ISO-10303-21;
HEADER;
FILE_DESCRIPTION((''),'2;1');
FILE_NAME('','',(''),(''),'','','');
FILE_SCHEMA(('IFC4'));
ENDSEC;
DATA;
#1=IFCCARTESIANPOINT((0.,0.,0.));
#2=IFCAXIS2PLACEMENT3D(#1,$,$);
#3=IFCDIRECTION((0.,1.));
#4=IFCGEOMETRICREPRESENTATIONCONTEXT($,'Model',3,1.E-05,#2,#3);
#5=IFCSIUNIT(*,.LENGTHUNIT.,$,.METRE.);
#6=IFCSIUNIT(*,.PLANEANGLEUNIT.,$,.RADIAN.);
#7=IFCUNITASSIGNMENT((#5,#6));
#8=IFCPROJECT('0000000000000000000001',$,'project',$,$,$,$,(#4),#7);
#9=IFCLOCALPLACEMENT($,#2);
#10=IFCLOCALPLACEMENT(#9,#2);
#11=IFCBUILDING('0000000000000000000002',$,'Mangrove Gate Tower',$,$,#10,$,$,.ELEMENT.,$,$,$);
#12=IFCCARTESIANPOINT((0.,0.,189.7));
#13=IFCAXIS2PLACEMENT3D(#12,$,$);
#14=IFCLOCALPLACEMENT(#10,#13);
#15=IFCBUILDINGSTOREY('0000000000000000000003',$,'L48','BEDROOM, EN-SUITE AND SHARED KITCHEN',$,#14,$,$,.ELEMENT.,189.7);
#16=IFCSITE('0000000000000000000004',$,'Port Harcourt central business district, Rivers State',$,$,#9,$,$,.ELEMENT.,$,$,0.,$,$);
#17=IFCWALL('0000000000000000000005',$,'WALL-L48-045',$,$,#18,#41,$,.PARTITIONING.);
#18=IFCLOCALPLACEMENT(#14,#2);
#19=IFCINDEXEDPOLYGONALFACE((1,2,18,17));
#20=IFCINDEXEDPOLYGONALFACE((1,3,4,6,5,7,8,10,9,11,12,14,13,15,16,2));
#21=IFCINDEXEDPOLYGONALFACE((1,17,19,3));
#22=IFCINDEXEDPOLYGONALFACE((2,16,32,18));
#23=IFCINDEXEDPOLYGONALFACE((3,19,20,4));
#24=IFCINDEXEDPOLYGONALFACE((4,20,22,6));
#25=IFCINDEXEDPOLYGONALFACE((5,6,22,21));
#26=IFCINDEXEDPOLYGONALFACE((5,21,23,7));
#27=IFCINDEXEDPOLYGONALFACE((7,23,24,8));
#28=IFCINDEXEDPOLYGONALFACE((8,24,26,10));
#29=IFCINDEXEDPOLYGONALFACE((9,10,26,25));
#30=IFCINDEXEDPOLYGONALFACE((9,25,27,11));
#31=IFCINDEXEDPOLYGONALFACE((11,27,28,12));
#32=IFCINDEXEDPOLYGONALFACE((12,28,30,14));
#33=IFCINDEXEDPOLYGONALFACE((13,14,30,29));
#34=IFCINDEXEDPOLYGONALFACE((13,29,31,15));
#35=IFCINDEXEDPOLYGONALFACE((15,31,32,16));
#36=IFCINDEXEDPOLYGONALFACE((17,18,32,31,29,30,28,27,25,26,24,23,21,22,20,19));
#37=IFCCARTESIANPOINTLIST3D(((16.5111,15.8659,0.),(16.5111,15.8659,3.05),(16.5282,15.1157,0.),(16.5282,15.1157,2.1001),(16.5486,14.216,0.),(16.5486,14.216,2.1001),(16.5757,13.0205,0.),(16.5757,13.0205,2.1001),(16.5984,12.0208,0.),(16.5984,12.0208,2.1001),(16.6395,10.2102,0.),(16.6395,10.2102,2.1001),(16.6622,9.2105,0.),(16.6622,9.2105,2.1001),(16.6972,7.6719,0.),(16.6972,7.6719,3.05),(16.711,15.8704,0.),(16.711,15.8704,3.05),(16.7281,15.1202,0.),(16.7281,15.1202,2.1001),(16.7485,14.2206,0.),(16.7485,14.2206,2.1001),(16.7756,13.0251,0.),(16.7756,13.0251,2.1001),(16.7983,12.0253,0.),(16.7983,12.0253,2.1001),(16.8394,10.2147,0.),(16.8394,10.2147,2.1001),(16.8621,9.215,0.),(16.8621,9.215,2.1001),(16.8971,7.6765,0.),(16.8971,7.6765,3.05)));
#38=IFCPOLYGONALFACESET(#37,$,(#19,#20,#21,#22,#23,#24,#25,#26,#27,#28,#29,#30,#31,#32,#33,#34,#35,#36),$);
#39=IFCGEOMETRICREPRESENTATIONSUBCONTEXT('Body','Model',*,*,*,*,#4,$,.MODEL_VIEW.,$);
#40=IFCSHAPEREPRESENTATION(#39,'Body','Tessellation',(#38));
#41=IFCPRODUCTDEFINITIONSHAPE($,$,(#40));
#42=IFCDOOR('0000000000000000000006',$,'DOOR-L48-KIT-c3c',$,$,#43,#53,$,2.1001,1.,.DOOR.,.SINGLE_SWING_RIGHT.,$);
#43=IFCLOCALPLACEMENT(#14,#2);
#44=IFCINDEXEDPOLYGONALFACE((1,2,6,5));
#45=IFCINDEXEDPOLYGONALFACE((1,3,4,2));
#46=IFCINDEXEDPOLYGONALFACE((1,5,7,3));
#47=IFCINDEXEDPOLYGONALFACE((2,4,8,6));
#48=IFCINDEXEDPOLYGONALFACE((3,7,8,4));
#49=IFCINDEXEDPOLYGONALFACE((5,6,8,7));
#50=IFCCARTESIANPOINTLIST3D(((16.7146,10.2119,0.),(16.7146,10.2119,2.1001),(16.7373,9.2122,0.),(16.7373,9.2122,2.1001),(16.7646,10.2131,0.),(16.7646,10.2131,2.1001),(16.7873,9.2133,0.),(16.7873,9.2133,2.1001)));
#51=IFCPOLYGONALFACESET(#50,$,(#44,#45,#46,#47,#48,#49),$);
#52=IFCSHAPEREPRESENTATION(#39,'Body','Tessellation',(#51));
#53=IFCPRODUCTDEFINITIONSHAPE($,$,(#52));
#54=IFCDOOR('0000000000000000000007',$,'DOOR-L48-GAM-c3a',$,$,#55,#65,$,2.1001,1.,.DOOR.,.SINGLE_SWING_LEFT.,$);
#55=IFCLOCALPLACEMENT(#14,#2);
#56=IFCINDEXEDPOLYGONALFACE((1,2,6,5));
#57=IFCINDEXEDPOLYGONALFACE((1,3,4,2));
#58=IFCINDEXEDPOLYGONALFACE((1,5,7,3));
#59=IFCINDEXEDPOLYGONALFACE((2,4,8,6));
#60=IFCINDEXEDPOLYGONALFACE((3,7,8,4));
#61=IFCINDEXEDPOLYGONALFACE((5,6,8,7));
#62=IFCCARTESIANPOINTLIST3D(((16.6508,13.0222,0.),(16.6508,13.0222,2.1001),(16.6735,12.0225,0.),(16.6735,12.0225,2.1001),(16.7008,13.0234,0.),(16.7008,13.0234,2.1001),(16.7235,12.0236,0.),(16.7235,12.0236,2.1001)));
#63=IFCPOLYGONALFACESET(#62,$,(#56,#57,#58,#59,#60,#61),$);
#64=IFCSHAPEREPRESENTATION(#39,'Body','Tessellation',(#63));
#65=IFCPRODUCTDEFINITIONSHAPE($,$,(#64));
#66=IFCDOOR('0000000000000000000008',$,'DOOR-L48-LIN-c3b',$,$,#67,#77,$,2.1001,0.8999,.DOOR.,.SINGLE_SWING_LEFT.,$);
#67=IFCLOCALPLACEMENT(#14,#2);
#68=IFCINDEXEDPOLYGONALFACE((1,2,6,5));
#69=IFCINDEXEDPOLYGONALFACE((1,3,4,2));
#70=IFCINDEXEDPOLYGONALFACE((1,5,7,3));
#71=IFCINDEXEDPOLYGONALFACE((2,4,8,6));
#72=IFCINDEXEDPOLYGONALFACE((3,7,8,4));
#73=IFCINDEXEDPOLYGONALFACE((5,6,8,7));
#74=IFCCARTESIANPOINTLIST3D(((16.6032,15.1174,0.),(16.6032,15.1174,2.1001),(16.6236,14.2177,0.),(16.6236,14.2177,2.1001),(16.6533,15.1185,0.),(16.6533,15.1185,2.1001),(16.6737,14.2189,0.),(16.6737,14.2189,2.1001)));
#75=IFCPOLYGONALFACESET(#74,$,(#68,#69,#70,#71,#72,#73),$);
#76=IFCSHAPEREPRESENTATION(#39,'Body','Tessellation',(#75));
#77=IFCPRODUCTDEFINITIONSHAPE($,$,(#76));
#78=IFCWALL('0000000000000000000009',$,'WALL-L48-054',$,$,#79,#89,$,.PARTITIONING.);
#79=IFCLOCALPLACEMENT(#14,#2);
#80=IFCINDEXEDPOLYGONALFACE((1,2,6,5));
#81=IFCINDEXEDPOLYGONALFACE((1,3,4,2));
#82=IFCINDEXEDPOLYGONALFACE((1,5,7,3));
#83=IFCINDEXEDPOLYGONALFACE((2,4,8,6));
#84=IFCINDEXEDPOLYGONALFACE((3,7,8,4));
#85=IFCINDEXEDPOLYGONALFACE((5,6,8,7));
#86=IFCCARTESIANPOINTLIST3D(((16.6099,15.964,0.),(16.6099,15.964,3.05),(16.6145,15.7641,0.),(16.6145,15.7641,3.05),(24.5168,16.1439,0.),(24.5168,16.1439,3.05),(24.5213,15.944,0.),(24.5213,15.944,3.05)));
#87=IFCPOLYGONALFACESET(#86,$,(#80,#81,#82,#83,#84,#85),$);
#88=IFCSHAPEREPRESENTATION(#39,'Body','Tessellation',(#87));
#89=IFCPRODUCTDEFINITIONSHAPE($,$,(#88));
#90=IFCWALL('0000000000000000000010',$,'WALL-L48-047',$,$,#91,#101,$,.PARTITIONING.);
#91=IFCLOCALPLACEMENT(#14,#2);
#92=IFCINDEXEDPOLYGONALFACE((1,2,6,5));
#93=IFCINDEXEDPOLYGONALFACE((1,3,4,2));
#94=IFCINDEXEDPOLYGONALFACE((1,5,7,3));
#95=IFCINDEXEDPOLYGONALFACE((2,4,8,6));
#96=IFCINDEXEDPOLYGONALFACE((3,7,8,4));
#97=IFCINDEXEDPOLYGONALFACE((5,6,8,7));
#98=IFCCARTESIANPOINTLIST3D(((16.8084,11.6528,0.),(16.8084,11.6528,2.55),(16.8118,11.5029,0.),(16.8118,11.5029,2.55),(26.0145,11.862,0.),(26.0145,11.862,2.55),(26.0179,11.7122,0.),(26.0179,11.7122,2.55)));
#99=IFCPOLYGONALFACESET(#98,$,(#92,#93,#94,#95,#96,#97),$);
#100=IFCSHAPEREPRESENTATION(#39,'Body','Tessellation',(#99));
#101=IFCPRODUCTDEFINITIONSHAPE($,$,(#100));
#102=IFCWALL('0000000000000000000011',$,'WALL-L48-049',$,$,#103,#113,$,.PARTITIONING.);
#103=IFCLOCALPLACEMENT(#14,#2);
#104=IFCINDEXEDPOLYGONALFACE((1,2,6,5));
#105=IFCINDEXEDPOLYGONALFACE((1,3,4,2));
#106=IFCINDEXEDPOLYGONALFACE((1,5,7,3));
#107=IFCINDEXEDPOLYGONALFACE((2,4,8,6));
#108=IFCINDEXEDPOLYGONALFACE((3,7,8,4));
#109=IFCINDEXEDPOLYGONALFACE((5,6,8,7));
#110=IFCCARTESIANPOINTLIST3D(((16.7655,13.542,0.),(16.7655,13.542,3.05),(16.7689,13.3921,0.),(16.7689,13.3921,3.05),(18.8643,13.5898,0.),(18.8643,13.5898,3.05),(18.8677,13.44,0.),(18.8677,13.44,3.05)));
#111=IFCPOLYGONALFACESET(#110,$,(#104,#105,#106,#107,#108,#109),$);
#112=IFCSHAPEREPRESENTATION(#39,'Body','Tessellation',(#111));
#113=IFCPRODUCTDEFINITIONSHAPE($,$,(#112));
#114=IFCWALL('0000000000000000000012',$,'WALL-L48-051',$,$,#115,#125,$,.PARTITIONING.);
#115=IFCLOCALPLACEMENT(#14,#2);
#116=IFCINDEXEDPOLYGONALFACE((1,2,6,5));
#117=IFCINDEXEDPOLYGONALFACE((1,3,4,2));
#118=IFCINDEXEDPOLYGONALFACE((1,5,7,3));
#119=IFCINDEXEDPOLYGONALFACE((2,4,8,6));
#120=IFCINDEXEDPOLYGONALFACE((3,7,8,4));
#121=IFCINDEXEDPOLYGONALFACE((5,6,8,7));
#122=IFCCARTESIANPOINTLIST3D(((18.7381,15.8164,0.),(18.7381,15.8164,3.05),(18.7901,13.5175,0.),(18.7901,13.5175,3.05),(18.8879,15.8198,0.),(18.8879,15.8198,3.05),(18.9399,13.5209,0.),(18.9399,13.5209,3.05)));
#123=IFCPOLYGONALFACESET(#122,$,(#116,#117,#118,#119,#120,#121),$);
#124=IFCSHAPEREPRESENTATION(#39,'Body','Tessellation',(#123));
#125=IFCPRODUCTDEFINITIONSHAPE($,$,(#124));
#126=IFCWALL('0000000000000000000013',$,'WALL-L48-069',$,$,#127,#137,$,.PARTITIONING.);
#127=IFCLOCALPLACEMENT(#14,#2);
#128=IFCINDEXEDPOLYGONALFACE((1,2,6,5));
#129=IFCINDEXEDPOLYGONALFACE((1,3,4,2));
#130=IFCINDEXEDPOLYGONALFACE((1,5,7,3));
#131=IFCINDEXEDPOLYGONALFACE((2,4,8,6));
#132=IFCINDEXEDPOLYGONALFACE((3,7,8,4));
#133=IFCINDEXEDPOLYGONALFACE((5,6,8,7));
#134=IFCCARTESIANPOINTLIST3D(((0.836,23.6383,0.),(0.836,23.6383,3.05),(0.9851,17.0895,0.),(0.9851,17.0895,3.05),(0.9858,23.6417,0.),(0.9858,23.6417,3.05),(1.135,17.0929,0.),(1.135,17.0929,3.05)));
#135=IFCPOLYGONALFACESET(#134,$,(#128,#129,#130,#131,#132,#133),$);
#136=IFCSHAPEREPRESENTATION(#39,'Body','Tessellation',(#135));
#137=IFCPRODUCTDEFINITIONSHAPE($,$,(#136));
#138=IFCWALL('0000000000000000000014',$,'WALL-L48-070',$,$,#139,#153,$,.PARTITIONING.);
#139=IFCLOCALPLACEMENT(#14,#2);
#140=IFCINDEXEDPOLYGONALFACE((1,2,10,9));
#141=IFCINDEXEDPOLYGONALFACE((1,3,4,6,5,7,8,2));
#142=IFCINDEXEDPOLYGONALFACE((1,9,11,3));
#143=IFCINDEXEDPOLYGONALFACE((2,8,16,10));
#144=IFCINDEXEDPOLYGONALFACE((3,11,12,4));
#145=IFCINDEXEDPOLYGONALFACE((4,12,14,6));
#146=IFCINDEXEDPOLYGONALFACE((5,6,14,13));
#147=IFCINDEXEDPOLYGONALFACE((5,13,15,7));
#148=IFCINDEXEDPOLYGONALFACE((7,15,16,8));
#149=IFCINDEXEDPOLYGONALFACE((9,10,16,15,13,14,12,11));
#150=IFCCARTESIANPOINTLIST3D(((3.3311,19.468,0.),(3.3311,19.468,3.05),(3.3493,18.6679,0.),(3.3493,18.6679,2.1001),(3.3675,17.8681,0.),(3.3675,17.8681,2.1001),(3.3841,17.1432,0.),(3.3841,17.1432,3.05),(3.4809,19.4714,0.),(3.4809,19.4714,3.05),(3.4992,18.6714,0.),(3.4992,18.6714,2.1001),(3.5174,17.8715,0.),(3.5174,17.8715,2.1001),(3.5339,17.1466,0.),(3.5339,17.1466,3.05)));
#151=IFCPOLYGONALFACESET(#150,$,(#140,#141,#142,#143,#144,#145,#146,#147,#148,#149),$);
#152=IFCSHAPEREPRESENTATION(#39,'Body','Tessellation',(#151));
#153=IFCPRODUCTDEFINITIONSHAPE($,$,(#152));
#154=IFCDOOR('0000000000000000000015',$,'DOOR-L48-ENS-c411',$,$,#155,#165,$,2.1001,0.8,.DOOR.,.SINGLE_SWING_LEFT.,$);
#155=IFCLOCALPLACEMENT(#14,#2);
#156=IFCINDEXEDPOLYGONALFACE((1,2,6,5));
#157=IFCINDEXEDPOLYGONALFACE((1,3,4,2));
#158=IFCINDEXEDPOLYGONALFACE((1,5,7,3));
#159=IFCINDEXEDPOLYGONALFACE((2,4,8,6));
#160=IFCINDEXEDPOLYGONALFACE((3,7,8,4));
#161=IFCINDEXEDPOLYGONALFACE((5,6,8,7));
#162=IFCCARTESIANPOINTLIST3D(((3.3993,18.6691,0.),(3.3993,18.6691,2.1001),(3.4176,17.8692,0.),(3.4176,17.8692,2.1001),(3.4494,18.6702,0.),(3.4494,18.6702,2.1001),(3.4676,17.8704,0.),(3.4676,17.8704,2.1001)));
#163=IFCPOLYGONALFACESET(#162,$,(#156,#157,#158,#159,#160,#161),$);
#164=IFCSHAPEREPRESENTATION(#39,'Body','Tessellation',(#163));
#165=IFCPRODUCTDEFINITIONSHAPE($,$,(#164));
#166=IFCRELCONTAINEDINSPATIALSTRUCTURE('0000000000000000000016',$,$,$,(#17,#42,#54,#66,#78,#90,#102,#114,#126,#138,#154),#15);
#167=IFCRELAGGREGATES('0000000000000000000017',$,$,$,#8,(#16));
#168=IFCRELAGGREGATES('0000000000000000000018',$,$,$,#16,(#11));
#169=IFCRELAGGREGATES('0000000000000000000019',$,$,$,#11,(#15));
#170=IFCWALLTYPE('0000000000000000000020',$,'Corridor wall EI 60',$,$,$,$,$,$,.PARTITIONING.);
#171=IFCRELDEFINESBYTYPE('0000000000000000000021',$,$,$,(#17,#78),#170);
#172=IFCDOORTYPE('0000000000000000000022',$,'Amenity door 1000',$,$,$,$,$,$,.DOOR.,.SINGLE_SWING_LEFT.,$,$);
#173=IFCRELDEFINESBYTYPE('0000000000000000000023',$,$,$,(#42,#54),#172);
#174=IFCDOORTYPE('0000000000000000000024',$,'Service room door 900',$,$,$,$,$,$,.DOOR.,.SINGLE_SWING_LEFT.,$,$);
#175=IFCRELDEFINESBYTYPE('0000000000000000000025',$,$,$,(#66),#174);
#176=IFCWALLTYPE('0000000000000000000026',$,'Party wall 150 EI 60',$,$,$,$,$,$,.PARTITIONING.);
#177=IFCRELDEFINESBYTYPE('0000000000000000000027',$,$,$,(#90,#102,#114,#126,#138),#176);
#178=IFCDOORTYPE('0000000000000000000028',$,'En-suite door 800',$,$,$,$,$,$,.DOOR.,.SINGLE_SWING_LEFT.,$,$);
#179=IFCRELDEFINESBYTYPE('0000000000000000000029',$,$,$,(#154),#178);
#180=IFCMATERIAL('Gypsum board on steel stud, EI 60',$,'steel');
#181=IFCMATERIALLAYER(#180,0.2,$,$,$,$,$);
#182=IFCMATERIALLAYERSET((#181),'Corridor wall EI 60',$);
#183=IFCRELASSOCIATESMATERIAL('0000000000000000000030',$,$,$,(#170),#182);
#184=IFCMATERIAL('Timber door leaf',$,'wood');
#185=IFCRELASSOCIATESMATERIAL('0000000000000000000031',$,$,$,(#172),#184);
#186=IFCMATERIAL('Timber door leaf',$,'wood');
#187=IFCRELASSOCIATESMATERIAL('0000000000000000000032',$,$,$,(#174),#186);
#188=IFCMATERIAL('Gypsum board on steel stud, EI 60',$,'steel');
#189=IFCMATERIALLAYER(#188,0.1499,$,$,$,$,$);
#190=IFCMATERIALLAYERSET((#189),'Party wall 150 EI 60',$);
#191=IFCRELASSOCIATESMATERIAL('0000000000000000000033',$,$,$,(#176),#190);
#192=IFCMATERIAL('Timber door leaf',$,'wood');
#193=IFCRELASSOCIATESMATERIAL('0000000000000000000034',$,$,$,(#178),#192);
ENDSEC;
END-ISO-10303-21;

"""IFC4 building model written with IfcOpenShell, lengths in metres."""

from ifc_helpers import new_model, si_unit, direction, frame, frame_2d, origin, place, context, subcontext, project, spatial, rectangle, extrude, material, layer, layer_set, type_object, element, fill, save


model = new_model("IFC4")

# Units and contexts
model_context = context("Model", 3, precision=1e-05, world=origin(), true_north=direction((0.0, 1.0)))
body_context = subcontext(model_context, "Body", "Model", "MODEL_VIEW")
ifc_project = project(units=[si_unit("LENGTHUNIT", "METRE"), si_unit("PLANEANGLEUNIT", "RADIAN")], contexts=[model_context])

# Site, building, storey
site_placement = place(None, origin())
site = spatial("IfcSite", under=ifc_project, at=site_placement, Name="Port Harcourt central business district, Rivers State", CompositionType="ELEMENT", RefElevation=0.0)
building_placement = place(site_placement, origin())
building = spatial("IfcBuilding", under=site, at=building_placement, Name="Mangrove Gate Tower", CompositionType="ELEMENT")
storey_placement = place(building_placement, frame((0.0, 0.0, 189.7)))
storey = spatial("IfcBuildingStorey", under=building, at=storey_placement, Name="L48", Description="BEDROOM, EN-SUITE AND SHARED KITCHEN", CompositionType="ELEMENT", Elevation=189.7)

# Wall, openings, doors
ifc_material_1 = material(Name="Gypsum board on steel stud, EI 60", Category="steel")
ifc_layer_1 = layer(ifc_material_1, 0.2)
ifc_layer_set_1 = layer_set([ifc_layer_1], Name="Corridor wall EI 60")
wall_type_1 = type_object("IfcWallType", Name="Corridor wall EI 60", PredefinedType="PARTITIONING", material=ifc_layer_set_1)
wall_1_placement = place(storey_placement, frame((16.7971, 7.6741, 0.0), z_axis=(0.0, 0.0, 1.0), x_axis=(-0.022698, 0.999742, 0.0)))
wall_1 = element("IfcWall", 1, at=wall_1_placement, inside=storey, type_object=wall_type_1, Name="WALL-L48-045", PredefinedType="PARTITIONING", context=body_context, shape_type="SweptSolid", body=[
    extrude(rectangle(XDim=8.196, YDim=0.2, at=frame_2d((4.0981, 0.0))), origin(), (0.0, 0.0, 1.0), 3.05),
])
opening_1_placement = place(wall_1_placement, frame((1.5391, 0.0, 0.0)))
opening_1 = element("IfcOpeningElement", 2, at=opening_1_placement, cuts=wall_1, PredefinedType="OPENING", context=body_context, shape_type="SweptSolid", body=[
    extrude(rectangle(XDim=1.0, YDim=2.1001, at=frame_2d((0.5, 1.05))), frame((0.0, 0.1099, 0.0), z_axis=(0.0, -1.0, 0.0), x_axis=(1.0, 0.0, 0.0)), (0.0, 0.0, 1.0), 0.22),
])
opening_2_placement = place(wall_1_placement, frame((4.3501, 0.0, 0.0)))
opening_2 = element("IfcOpeningElement", 3, at=opening_2_placement, cuts=wall_1, PredefinedType="OPENING", context=body_context, shape_type="SweptSolid", body=[
    extrude(rectangle(XDim=1.0, YDim=2.1001, at=frame_2d((0.5, 1.05))), frame((0.0, 0.1099, 0.0), z_axis=(0.0, -1.0, 0.0), x_axis=(1.0, 0.0, 0.0)), (0.0, 0.0, 1.0), 0.22),
])
opening_3_placement = place(wall_1_placement, frame((6.5459, 0.0, 0.0)))
opening_3 = element("IfcOpeningElement", 4, at=opening_3_placement, cuts=wall_1, PredefinedType="OPENING", context=body_context, shape_type="SweptSolid", body=[
    extrude(rectangle(XDim=0.8999, YDim=2.1001, at=frame_2d((0.45, 1.05))), frame((0.0, 0.1099, 0.0), z_axis=(0.0, -1.0, 0.0), x_axis=(1.0, 0.0, 0.0)), (0.0, 0.0, 1.0), 0.22),
])
ifc_material_2 = material(Name="Timber door leaf", Category="wood")
door_type_1 = type_object("IfcDoorType", Name="Amenity door 1000", OperationType="SINGLE_SWING_LEFT", PredefinedType="DOOR", material=ifc_material_2)
door_1_placement = place(opening_1_placement, origin())
door_1 = element("IfcDoor", 5, at=door_1_placement, inside=storey, type_object=door_type_1, Name="DOOR-L48-KIT-c3c", OperationType="SINGLE_SWING_RIGHT", OverallHeight=2.1001, OverallWidth=1.0, PredefinedType="DOOR", context=body_context, shape_type="SweptSolid", body=[
    extrude(rectangle(XDim=1.0, YDim=2.1001, at=frame_2d((0.5, 1.05))), frame((0.0, 0.0249, 0.0), z_axis=(0.0, -1.0, 0.0), x_axis=(1.0, 0.0, 0.0)), (0.0, 0.0, 1.0), 0.05),
])
fill(opening_1, door_1)
door_2_placement = place(opening_2_placement, origin())
door_2 = element("IfcDoor", 6, at=door_2_placement, inside=storey, type_object=door_type_1, Name="DOOR-L48-GAM-c3a", OperationType="SINGLE_SWING_LEFT", OverallHeight=2.1001, OverallWidth=1.0, PredefinedType="DOOR", context=body_context, shape_type="SweptSolid", body=[
    extrude(rectangle(XDim=1.0, YDim=2.1001, at=frame_2d((0.5, 1.05))), frame((0.0, 0.0249, 0.0), z_axis=(0.0, -1.0, 0.0), x_axis=(1.0, 0.0, 0.0)), (0.0, 0.0, 1.0), 0.05),
])
fill(opening_2, door_2)
ifc_material_3 = material(Name="Timber door leaf", Category="wood")
door_type_2 = type_object("IfcDoorType", Name="Service room door 900", OperationType="SINGLE_SWING_LEFT", PredefinedType="DOOR", material=ifc_material_3)
door_3_placement = place(opening_3_placement, origin())
door_3 = element("IfcDoor", 7, at=door_3_placement, inside=storey, type_object=door_type_2, Name="DOOR-L48-LIN-c3b", OperationType="SINGLE_SWING_LEFT", OverallHeight=2.1001, OverallWidth=0.8999, PredefinedType="DOOR", context=body_context, shape_type="SweptSolid", body=[
    extrude(rectangle(XDim=0.8999, YDim=2.1001, at=frame_2d((0.45, 1.05))), frame((0.0, 0.0249, 0.0), z_axis=(0.0, -1.0, 0.0), x_axis=(1.0, 0.0, 0.0)), (0.0, 0.0, 1.0), 0.05),
])
fill(opening_3, door_3)

# Walls
wall_2_placement = place(storey_placement, frame((16.6121, 15.864, 0.0), z_axis=(0.0, 0.0, 1.0), x_axis=(0.999741, 0.02275, 0.0)))
element("IfcWall", 8, at=wall_2_placement, inside=storey, type_object=wall_type_1, Name="WALL-L48-054", PredefinedType="PARTITIONING", context=body_context, shape_type="SweptSolid", body=[
    extrude(rectangle(XDim=7.9089, YDim=0.2, at=frame_2d((3.9546, 0.0))), origin(), (0.0, 0.0, 1.0), 3.05),
])
ifc_material_4 = material(Name="Gypsum board on steel stud, EI 60", Category="steel")
ifc_layer_2 = layer(ifc_material_4, 0.1499)
ifc_layer_set_2 = layer_set([ifc_layer_2], Name="Party wall 150 EI 60")
wall_type_2 = type_object("IfcWallType", Name="Party wall 150 EI 60", PredefinedType="PARTITIONING", material=ifc_layer_set_2)
wall_3_placement = place(storey_placement, frame((16.8101, 11.5779, 0.0), z_axis=(0.0, 0.0, 1.0), x_axis=(0.999742, 0.022721, 0.0)))
element("IfcWall", 9, at=wall_3_placement, inside=storey, type_object=wall_type_2, Name="WALL-L48-047", PredefinedType="PARTITIONING", context=body_context, shape_type="SweptSolid", body=[
    extrude(rectangle(XDim=9.2085, YDim=0.1499, at=frame_2d((4.6042, 0.0))), origin(), (0.0, 0.0, 1.0), 2.55),
])
wall_4_placement = place(storey_placement, frame((16.7671, 13.467, 0.0), z_axis=(0.0, 0.0, 1.0), x_axis=(0.99974, 0.022793, 0.0)))
element("IfcWall", 10, at=wall_4_placement, inside=storey, type_object=wall_type_2, Name="WALL-L48-049", PredefinedType="PARTITIONING", context=body_context, shape_type="SweptSolid", body=[
    extrude(rectangle(XDim=2.0994, YDim=0.1499, at=frame_2d((1.0498, 0.0))), origin(), (0.0, 0.0, 1.0), 3.05),
])
wall_5_placement = place(storey_placement, frame((18.865, 13.519, 0.0), z_axis=(0.0, 0.0, 1.0), x_axis=(-0.022613, 0.999744, 0.0)))
element("IfcWall", 11, at=wall_5_placement, inside=storey, type_object=wall_type_2, Name="WALL-L48-051", PredefinedType="PARTITIONING", context=body_context, shape_type="SweptSolid", body=[
    extrude(rectangle(XDim=2.2996, YDim=0.1499, at=frame_2d((1.1499, 0.0))), origin(), (0.0, 0.0, 1.0), 3.05),
])
wall_6_placement = place(storey_placement, frame((1.0601, 17.0911, 0.0), z_axis=(0.0, 0.0, 1.0), x_axis=(-0.022772, 0.999741, 0.0)))
element("IfcWall", 12, at=wall_6_placement, inside=storey, type_object=wall_type_2, Name="WALL-L48-069", PredefinedType="PARTITIONING", context=body_context, shape_type="SweptSolid", body=[
    extrude(rectangle(XDim=6.5505, YDim=0.1499, at=frame_2d((3.2754, 0.0))), origin(), (0.0, 0.0, 1.0), 3.05),
])

# Wall, opening, door
wall_7_placement = place(storey_placement, frame((3.459, 17.145, 0.0), z_axis=(0.0, 0.0, 1.0), x_axis=(-0.022781, 0.99974, 0.0)))
wall_7 = element("IfcWall", 13, at=wall_7_placement, inside=storey, type_object=wall_type_2, Name="WALL-L48-070", PredefinedType="PARTITIONING", context=body_context, shape_type="SweptSolid", body=[
    extrude(rectangle(XDim=2.3254, YDim=0.1499, at=frame_2d((1.1626, 0.0))), origin(), (0.0, 0.0, 1.0), 3.05),
])
opening_4_placement = place(wall_7_placement, frame((0.7251, 0.0, 0.0)))
opening_4 = element("IfcOpeningElement", 14, at=opening_4_placement, cuts=wall_7, PredefinedType="OPENING", context=body_context, shape_type="SweptSolid", body=[
    extrude(rectangle(XDim=0.8, YDim=2.1001, at=frame_2d((0.3999, 1.05))), frame((0.0, 0.085, 0.0), z_axis=(0.0, -1.0, 0.0), x_axis=(1.0, 0.0, 0.0)), (0.0, 0.0, 1.0), 0.1699),
])
ifc_material_5 = material(Name="Timber door leaf", Category="wood")
door_type_3 = type_object("IfcDoorType", Name="En-suite door 800", OperationType="SINGLE_SWING_LEFT", PredefinedType="DOOR", material=ifc_material_5)
door_4_placement = place(opening_4_placement, origin())
door_4 = element("IfcDoor", 15, at=door_4_placement, inside=storey, type_object=door_type_3, Name="DOOR-L48-ENS-c411", OperationType="SINGLE_SWING_LEFT", OverallHeight=2.1001, OverallWidth=0.8, PredefinedType="DOOR", context=body_context, shape_type="SweptSolid", body=[
    extrude(rectangle(XDim=0.8, YDim=2.1001, at=frame_2d((0.3999, 1.05))), frame((0.0, 0.0249, 0.0), z_axis=(0.0, -1.0, 0.0), x_axis=(1.0, 0.0, 0.0)), (0.0, 0.0, 1.0), 0.05),
])
fill(opening_4, door_4)

save(model, "model.ifc")
